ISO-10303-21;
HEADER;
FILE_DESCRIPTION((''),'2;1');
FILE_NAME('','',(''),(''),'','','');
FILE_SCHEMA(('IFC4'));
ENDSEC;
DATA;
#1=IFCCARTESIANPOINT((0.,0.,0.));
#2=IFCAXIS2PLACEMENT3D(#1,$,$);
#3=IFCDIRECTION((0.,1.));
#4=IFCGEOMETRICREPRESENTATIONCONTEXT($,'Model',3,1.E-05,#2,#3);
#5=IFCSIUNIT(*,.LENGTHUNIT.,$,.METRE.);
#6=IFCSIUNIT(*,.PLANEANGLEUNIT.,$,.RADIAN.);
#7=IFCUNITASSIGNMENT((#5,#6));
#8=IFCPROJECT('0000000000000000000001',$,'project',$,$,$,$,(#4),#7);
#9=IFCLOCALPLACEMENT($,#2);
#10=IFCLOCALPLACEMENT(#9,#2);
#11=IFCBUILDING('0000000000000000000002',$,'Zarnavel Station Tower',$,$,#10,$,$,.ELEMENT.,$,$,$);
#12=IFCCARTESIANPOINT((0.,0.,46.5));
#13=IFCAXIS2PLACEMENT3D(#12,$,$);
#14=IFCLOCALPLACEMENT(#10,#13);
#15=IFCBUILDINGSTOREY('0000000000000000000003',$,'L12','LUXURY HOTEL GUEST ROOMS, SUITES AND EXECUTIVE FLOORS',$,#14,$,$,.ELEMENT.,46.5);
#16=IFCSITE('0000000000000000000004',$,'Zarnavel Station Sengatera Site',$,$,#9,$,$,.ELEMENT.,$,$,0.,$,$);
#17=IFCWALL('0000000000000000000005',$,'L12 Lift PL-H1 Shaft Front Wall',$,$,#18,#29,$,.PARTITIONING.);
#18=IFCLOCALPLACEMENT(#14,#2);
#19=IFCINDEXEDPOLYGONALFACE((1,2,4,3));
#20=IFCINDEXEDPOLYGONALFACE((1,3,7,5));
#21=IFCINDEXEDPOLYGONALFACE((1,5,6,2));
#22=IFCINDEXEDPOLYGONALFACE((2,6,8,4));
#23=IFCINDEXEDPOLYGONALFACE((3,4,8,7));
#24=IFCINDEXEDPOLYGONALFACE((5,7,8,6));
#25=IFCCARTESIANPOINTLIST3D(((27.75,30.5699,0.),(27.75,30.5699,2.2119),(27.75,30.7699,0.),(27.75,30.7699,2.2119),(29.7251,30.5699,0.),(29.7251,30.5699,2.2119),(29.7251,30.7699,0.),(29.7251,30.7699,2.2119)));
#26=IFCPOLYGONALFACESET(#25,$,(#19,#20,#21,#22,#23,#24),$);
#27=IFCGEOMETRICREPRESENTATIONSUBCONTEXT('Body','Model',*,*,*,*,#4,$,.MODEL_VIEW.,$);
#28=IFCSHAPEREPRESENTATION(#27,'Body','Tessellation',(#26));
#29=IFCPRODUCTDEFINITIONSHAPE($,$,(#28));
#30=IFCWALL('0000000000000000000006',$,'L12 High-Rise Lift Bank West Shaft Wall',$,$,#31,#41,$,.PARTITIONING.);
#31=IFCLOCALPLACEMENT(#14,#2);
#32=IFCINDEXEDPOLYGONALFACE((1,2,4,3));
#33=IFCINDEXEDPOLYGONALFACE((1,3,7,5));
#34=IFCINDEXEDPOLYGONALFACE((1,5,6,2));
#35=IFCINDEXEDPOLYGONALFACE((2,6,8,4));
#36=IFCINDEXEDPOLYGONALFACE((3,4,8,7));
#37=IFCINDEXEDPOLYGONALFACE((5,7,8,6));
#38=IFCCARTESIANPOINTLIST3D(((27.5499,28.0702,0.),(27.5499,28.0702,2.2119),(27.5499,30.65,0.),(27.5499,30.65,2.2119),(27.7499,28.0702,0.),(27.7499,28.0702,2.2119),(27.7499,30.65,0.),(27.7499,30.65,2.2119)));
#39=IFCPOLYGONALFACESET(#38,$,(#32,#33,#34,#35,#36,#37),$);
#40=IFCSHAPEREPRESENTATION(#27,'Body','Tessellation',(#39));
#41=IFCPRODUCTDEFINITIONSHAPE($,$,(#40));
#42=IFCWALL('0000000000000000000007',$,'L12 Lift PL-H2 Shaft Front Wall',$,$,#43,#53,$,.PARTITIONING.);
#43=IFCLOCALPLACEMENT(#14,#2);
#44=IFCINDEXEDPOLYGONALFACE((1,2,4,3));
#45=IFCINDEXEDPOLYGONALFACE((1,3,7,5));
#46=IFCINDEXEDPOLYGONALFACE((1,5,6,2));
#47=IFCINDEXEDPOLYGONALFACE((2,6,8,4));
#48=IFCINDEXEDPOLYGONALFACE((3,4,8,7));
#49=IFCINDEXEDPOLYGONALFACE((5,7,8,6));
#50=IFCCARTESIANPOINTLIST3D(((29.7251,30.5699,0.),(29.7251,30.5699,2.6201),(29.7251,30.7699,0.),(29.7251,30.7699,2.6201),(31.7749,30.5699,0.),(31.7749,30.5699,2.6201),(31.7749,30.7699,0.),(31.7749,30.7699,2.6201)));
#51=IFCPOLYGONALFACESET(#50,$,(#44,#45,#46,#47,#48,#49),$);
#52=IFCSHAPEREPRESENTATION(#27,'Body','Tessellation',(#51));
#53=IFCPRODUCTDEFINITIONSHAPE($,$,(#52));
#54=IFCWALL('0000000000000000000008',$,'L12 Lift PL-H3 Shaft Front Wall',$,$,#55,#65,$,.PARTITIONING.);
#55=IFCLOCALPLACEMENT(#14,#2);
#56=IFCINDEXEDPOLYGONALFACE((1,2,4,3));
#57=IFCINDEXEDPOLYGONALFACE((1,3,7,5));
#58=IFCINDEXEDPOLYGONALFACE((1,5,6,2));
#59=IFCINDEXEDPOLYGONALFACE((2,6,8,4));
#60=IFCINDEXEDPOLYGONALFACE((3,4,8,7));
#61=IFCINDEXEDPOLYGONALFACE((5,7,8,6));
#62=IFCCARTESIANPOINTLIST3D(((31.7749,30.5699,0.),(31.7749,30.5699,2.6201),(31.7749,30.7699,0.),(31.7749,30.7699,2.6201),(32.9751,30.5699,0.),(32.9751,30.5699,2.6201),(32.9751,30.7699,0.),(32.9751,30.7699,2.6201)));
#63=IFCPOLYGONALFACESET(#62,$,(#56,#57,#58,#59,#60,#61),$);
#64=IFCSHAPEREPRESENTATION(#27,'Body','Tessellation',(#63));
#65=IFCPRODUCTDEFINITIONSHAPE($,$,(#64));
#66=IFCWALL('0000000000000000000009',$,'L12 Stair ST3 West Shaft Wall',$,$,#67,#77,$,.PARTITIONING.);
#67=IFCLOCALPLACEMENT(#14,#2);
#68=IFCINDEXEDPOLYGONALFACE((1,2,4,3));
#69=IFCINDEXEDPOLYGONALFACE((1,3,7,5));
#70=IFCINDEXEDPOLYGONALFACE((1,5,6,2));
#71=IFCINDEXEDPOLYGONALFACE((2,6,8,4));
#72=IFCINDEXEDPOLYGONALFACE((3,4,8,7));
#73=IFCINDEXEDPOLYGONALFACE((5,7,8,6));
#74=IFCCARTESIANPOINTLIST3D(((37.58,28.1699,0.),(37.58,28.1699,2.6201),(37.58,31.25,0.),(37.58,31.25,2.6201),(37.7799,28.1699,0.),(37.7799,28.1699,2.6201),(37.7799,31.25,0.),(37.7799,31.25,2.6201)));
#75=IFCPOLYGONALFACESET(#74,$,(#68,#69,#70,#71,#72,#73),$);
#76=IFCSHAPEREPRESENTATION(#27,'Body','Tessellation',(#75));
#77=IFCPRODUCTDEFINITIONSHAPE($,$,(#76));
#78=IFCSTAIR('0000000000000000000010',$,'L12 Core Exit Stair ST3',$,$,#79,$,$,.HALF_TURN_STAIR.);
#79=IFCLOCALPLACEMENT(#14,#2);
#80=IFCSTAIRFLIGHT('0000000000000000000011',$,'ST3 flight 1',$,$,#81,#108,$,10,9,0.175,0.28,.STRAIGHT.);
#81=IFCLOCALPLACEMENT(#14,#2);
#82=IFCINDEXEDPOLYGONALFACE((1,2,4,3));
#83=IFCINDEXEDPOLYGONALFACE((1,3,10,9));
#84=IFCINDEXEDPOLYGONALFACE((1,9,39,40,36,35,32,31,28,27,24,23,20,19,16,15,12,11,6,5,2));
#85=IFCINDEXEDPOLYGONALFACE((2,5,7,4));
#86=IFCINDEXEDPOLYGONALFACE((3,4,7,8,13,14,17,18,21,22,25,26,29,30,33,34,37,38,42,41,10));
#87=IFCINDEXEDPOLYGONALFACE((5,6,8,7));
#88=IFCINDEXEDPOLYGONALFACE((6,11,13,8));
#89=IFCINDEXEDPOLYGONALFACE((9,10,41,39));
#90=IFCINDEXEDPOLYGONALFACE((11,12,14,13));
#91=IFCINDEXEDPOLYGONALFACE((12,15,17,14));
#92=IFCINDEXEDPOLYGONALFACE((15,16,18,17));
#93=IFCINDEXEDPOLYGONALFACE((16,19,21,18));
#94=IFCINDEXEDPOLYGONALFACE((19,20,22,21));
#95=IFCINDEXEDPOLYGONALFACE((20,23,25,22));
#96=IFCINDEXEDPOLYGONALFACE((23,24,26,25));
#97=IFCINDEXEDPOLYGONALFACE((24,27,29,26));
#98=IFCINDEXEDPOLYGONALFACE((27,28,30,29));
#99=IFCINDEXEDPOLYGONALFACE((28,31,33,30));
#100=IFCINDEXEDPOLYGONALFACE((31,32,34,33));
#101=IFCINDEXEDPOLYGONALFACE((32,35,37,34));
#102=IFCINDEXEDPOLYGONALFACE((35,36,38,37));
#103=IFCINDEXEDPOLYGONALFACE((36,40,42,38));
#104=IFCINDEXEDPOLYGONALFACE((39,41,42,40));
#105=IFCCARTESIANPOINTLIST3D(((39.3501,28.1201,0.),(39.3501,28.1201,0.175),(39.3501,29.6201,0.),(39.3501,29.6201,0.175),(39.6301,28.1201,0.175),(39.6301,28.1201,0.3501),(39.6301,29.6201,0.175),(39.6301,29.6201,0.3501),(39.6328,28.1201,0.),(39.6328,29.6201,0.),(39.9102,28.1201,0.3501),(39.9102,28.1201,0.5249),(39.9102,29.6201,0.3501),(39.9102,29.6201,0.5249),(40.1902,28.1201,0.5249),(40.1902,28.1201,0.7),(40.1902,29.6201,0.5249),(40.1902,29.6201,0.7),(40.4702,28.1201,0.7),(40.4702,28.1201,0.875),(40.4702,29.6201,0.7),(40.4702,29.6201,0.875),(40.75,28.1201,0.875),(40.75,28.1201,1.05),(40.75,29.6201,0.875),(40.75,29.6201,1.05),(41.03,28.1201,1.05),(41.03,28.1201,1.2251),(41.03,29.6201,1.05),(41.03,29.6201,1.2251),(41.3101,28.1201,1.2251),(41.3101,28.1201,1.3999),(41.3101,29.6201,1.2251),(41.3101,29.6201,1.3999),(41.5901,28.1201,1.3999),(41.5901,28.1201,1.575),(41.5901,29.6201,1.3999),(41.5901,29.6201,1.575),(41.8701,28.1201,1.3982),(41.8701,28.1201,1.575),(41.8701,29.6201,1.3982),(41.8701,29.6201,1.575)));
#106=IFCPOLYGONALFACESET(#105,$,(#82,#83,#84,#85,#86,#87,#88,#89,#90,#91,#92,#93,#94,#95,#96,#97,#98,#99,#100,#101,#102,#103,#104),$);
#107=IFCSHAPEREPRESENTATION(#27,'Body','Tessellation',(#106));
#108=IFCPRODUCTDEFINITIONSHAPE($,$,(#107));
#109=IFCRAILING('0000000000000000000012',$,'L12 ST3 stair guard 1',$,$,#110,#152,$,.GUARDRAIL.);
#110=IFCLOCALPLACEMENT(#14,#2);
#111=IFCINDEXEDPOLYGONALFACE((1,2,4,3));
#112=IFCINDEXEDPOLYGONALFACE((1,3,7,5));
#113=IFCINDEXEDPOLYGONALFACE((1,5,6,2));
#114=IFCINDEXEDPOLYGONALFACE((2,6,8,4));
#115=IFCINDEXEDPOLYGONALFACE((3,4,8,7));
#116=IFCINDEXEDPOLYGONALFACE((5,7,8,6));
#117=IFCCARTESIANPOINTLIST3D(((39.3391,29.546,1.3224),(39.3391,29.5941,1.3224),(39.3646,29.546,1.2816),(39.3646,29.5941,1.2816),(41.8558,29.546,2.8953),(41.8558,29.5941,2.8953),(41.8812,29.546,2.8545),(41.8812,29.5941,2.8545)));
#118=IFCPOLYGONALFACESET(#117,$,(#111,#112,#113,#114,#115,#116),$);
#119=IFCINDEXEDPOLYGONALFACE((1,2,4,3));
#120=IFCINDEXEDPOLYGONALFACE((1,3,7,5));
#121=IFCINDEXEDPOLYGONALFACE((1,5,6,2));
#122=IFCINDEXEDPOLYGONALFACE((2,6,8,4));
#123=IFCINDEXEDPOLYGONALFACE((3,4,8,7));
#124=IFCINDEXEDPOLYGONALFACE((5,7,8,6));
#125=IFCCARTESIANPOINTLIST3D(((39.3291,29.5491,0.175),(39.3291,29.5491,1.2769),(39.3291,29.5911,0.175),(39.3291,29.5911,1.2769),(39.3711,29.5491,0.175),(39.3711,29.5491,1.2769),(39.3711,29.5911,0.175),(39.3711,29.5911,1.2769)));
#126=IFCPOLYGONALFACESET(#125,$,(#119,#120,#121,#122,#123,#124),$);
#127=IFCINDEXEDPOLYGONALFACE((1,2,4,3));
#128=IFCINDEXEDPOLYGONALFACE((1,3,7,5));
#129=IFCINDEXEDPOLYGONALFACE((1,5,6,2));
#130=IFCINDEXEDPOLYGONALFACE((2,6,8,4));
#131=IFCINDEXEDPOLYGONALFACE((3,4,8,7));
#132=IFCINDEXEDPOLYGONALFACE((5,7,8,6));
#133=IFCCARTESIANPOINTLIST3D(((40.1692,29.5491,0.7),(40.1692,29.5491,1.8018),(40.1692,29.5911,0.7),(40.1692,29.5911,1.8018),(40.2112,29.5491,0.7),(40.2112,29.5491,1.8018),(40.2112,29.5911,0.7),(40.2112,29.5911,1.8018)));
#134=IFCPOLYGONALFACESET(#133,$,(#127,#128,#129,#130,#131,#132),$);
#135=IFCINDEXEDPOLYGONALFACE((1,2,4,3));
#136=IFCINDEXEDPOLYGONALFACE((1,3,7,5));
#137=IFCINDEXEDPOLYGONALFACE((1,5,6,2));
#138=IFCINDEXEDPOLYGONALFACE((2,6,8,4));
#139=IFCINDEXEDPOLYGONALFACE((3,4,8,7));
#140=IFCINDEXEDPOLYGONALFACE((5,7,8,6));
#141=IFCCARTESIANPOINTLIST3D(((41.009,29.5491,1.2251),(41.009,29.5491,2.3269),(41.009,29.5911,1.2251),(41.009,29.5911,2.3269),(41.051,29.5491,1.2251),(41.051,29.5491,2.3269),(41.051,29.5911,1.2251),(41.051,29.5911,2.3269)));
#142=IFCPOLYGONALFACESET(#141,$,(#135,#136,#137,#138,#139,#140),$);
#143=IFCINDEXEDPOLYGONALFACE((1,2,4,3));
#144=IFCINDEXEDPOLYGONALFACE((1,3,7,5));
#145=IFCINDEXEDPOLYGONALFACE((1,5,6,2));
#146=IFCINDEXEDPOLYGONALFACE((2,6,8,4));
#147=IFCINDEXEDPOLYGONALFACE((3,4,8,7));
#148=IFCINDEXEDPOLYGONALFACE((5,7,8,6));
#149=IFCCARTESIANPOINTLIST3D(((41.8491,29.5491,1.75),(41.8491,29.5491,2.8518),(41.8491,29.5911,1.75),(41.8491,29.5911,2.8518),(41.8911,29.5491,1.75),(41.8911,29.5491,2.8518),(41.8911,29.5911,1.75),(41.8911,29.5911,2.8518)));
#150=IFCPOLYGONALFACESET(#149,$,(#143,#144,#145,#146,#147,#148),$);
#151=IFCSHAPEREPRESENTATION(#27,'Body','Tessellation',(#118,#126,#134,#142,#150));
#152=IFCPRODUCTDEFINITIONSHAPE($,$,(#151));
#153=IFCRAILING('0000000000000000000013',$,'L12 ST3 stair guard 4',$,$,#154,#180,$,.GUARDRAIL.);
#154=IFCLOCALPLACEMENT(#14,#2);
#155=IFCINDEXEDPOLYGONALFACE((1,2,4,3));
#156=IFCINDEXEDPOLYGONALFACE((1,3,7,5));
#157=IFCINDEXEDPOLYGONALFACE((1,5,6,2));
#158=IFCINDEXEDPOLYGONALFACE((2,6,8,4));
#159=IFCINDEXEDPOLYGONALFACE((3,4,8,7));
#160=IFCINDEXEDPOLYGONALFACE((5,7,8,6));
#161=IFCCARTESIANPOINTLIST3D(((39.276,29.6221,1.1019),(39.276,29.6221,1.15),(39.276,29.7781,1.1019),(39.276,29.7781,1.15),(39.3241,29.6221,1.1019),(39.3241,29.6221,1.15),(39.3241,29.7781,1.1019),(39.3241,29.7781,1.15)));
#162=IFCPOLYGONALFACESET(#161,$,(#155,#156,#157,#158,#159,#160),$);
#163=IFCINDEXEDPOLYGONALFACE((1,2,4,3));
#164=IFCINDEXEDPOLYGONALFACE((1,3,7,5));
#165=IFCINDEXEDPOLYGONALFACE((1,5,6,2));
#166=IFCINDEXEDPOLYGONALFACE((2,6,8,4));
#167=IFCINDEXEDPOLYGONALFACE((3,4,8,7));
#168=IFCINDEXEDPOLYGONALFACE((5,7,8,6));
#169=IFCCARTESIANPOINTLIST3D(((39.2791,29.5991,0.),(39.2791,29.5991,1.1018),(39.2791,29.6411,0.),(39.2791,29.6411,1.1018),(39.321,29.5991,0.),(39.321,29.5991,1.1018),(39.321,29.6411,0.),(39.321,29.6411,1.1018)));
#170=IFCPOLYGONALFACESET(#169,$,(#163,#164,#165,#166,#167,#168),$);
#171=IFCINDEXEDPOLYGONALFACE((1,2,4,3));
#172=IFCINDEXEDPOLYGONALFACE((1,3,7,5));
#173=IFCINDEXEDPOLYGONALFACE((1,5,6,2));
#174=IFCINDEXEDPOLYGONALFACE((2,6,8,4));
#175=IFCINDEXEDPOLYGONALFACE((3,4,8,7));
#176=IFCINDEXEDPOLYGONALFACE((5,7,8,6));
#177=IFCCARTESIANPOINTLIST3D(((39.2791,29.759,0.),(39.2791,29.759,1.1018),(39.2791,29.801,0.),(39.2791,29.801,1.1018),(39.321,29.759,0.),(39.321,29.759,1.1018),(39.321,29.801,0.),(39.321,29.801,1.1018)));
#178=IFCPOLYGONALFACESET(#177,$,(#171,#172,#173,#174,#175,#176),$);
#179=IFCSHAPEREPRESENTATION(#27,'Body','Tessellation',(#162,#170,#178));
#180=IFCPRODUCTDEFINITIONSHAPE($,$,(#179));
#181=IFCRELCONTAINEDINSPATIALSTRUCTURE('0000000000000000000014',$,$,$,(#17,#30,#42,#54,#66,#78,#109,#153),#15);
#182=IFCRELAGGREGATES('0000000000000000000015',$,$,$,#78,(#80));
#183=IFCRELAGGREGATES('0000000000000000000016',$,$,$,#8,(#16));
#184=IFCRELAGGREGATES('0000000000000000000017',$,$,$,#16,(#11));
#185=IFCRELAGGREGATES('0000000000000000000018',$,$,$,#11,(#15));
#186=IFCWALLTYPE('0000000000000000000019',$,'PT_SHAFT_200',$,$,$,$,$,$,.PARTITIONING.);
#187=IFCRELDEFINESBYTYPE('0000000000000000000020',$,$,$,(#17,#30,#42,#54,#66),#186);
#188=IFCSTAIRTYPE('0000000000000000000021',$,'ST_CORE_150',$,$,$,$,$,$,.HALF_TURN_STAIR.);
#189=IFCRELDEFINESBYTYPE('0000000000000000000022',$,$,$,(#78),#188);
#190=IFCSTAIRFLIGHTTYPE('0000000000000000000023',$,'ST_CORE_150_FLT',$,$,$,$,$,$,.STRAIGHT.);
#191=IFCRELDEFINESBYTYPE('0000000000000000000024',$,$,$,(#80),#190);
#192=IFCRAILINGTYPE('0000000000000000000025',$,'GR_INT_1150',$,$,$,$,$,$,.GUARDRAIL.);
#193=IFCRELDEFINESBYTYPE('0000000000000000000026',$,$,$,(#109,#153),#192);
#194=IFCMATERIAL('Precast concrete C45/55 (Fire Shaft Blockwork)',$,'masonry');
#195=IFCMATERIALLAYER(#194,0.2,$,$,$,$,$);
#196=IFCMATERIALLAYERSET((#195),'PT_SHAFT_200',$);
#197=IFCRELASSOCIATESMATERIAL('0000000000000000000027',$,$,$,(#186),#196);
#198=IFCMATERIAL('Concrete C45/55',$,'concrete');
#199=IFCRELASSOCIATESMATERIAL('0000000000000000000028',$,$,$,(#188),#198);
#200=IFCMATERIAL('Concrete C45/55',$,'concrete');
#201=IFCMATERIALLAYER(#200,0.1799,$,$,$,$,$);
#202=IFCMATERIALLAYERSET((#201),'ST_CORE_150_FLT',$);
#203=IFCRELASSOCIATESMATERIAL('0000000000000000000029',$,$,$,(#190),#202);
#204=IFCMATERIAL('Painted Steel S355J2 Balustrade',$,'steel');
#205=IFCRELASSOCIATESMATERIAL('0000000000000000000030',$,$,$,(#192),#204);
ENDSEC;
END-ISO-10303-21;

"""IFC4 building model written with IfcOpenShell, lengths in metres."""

from ifc_helpers import new_model, si_unit, direction, frame, frame_2d, origin, origin_2d, place, context, subcontext, project, spatial, polyline, rectangle, outline, extrude, material, layer, layer_set, type_object, element, aggregate, save


model = new_model("IFC4")

# Units and contexts
model_context = context("Model", 3, precision=1e-05, world=origin(), true_north=direction((0.0, 1.0)))
body_context = subcontext(model_context, "Body", "Model", "MODEL_VIEW")
ifc_project = project(units=[si_unit("LENGTHUNIT", "METRE"), si_unit("PLANEANGLEUNIT", "RADIAN")], contexts=[model_context])

# Site, building, storey
site_placement = place(None, origin())
site = spatial("IfcSite", under=ifc_project, at=site_placement, Name="Zarnavel Station Sengatera Site", CompositionType="ELEMENT", RefElevation=0.0)
building_placement = place(site_placement, origin())
building = spatial("IfcBuilding", under=site, at=building_placement, Name="Zarnavel Station Tower", CompositionType="ELEMENT")
storey_placement = place(building_placement, frame((0.0, 0.0, 46.5)))
storey = spatial("IfcBuildingStorey", under=building, at=storey_placement, Name="L12", Description="LUXURY HOTEL GUEST ROOMS, SUITES AND EXECUTIVE FLOORS", CompositionType="ELEMENT", Elevation=46.5)

# Walls
ifc_material_1 = material(Name="Precast concrete C45/55 (Fire Shaft Blockwork)", Category="masonry")
ifc_layer_1 = layer(ifc_material_1, 0.2)
ifc_layer_set_1 = layer_set([ifc_layer_1], Name="PT_SHAFT_200")
wall_type_1 = type_object("IfcWallType", Name="PT_SHAFT_200", PredefinedType="PARTITIONING", material=ifc_layer_set_1)
wall_1_placement = place(storey_placement, frame((27.75, 30.6699, 0.0), z_axis=(0.0, 0.0, 1.0), x_axis=(1.0, 0.0, 0.0)))
element("IfcWall", 1, at=wall_1_placement, inside=storey, type_object=wall_type_1, Name="L12 Lift PL-H1 Shaft Front Wall", PredefinedType="PARTITIONING", context=body_context, shape_type="SweptSolid", body=[
    extrude(rectangle(XDim=1.9751, YDim=0.2, at=frame_2d((0.9875, 0.0))), origin(), (0.0, 0.0, 1.0), 2.2119),
])
wall_2_placement = place(storey_placement, frame((27.6499, 28.0701, 0.0), z_axis=(0.0, 0.0, 1.0), x_axis=(0.0, 1.0, 0.0)))
element("IfcWall", 2, at=wall_2_placement, inside=storey, type_object=wall_type_1, Name="L12 High-Rise Lift Bank West Shaft Wall", PredefinedType="PARTITIONING", context=body_context, shape_type="SweptSolid", body=[
    extrude(rectangle(XDim=2.5798, YDim=0.2, at=frame_2d((1.29, 0.0))), origin(), (0.0, 0.0, 1.0), 2.2119),
])
wall_3_placement = place(storey_placement, frame((29.7251, 30.6699, 0.0), z_axis=(0.0, 0.0, 1.0), x_axis=(1.0, 0.0, 0.0)))
element("IfcWall", 3, at=wall_3_placement, inside=storey, type_object=wall_type_1, Name="L12 Lift PL-H2 Shaft Front Wall", PredefinedType="PARTITIONING", context=body_context, shape_type="SweptSolid", body=[
    extrude(rectangle(XDim=2.0498, YDim=0.2, at=frame_2d((1.0249, 0.0))), origin(), (0.0, 0.0, 1.0), 2.6201),
])
wall_4_placement = place(storey_placement, frame((31.7749, 30.6699, 0.0), z_axis=(0.0, 0.0, 1.0), x_axis=(1.0, 0.0, 0.0)))
element("IfcWall", 4, at=wall_4_placement, inside=storey, type_object=wall_type_1, Name="L12 Lift PL-H3 Shaft Front Wall", PredefinedType="PARTITIONING", context=body_context, shape_type="SweptSolid", body=[
    extrude(rectangle(XDim=1.2002, YDim=0.2, at=frame_2d((0.6001, 0.0))), origin(), (0.0, 0.0, 1.0), 2.6201),
])
wall_5_placement = place(storey_placement, frame((37.6799, 28.1699, 0.0), z_axis=(0.0, 0.0, 1.0), x_axis=(0.0, 1.0, 0.0)))
element("IfcWall", 5, at=wall_5_placement, inside=storey, type_object=wall_type_1, Name="L12 Stair ST3 West Shaft Wall", PredefinedType="PARTITIONING", context=body_context, shape_type="SweptSolid", body=[
    extrude(rectangle(XDim=3.0801, YDim=0.2, at=frame_2d((1.54, 0.0))), origin(), (0.0, 0.0, 1.0), 2.6201),
])

# Stair, stair flight
ifc_material_2 = material(Name="Concrete C45/55", Category="concrete")
stair_type = type_object("IfcStairType", Name="ST_CORE_150", PredefinedType="HALF_TURN_STAIR", material=ifc_material_2)
stair_placement = place(storey_placement, origin())
stair = element("IfcStair", 6, at=stair_placement, inside=storey, type_object=stair_type, Name="L12 Core Exit Stair ST3", PredefinedType="HALF_TURN_STAIR")
ifc_material_3 = material(Name="Concrete C45/55", Category="concrete")
ifc_layer_2 = layer(ifc_material_3, 0.1799)
ifc_layer_set_2 = layer_set([ifc_layer_2], Name="ST_CORE_150_FLT")
stair_flight_type = type_object("IfcStairFlightType", Name="ST_CORE_150_FLT", PredefinedType="STRAIGHT", material=ifc_layer_set_2)
stair_flight_placement = place(storey_placement, frame((39.3501, 28.8701, 0.0), z_axis=(0.0, 0.0, 1.0), x_axis=(1.0, 0.0, 0.0)))
stair_flight = element("IfcStairFlight", 7, at=stair_flight_placement, type_object=stair_flight_type, Name="ST3 flight 1", NumberOfRisers=10, NumberOfTreads=9, PredefinedType="STRAIGHT", RiserHeight=0.175, TreadLength=0.28, context=body_context, shape_type="SweptSolid", body=[
    extrude(outline(polyline([(0.0, 0.0), (0.0, 0.175), (0.28, 0.175), (0.28, 0.3501), (0.5601, 0.3501), (0.5601, 0.5249), (0.8401, 0.5249), (0.8401, 0.7), (1.1201, 0.7), (1.1201, 0.875), (1.3999, 0.875), (1.3999, 1.05), (1.6799, 1.05), (1.6799, 1.2251), (1.96, 1.2251), (1.96, 1.3999), (2.24, 1.3999), (2.24, 1.575), (2.52, 1.575), (2.52, 1.75), (2.52, 1.3982), (0.2827, 0.0), (0.0, 0.0)])), frame((0.0, 0.75, 0.0), z_axis=(0.0, -1.0, 0.0), x_axis=(1.0, 0.0, 0.0)), (0.0, 0.0, 1.0), 1.5),
])
aggregate(stair, [stair_flight])

# Railings
ifc_material_4 = material(Name="Painted Steel S355J2 Balustrade", Category="steel")
railing_type_1 = type_object("IfcRailingType", Name="GR_INT_1150", PredefinedType="GUARDRAIL", material=ifc_material_4)
railing_1_placement = place(storey_placement, frame((39.3501, 29.5701, 0.175)))
element("IfcRailing", 8, at=railing_1_placement, inside=storey, type_object=railing_type_1, Name="L12 ST3 stair guard 1", PredefinedType="GUARDRAIL", context=body_context, shape_type="SweptSolid", body=[
    extrude(rectangle(XDim=0.0481, YDim=0.0481, at=origin_2d()), frame((0.0017, 0.0, 1.127), z_axis=(0.848008, 0.0, 0.529984), x_axis=(0.0, 1.0, 0.0)), (0.0, 0.0, 1.0), 2.9678),
    extrude(rectangle(XDim=0.042, YDim=0.042, at=origin_2d()), origin(), (0.0, 0.0, 1.0), 1.1018),
    extrude(rectangle(XDim=0.042, YDim=0.042, at=origin_2d()), frame((0.8401, 0.0, 0.5249)), (0.0, 0.0, 1.0), 1.1018),
    extrude(rectangle(XDim=0.042, YDim=0.042, at=origin_2d()), frame((1.6799, 0.0, 1.05)), (0.0, 0.0, 1.0), 1.1018),
    extrude(rectangle(XDim=0.042, YDim=0.042, at=origin_2d()), frame((2.52, 0.0, 1.575)), (0.0, 0.0, 1.0), 1.1018),
])
railing_2_placement = place(storey_placement, frame((39.3, 29.6201, 0.0)))
element("IfcRailing", 9, at=railing_2_placement, inside=storey, type_object=railing_type_1, Name="L12 ST3 stair guard 4", PredefinedType="GUARDRAIL", context=body_context, shape_type="SweptSolid", body=[
    extrude(rectangle(XDim=0.0481, YDim=0.0481, at=origin_2d()), frame((0.0, 0.002, 1.126), z_axis=(0.0, 1.0, 0.0), x_axis=(-1.0, 0.0, 0.0)), (0.0, 0.0, 1.0), 0.156),
    extrude(rectangle(XDim=0.042, YDim=0.042, at=origin_2d()), origin(), (0.0, 0.0, 1.0), 1.1018),
    extrude(rectangle(XDim=0.042, YDim=0.042, at=origin_2d()), frame((0.0, 0.1599, 0.0)), (0.0, 0.0, 1.0), 1.1018),
])

save(model, "model.ifc")
